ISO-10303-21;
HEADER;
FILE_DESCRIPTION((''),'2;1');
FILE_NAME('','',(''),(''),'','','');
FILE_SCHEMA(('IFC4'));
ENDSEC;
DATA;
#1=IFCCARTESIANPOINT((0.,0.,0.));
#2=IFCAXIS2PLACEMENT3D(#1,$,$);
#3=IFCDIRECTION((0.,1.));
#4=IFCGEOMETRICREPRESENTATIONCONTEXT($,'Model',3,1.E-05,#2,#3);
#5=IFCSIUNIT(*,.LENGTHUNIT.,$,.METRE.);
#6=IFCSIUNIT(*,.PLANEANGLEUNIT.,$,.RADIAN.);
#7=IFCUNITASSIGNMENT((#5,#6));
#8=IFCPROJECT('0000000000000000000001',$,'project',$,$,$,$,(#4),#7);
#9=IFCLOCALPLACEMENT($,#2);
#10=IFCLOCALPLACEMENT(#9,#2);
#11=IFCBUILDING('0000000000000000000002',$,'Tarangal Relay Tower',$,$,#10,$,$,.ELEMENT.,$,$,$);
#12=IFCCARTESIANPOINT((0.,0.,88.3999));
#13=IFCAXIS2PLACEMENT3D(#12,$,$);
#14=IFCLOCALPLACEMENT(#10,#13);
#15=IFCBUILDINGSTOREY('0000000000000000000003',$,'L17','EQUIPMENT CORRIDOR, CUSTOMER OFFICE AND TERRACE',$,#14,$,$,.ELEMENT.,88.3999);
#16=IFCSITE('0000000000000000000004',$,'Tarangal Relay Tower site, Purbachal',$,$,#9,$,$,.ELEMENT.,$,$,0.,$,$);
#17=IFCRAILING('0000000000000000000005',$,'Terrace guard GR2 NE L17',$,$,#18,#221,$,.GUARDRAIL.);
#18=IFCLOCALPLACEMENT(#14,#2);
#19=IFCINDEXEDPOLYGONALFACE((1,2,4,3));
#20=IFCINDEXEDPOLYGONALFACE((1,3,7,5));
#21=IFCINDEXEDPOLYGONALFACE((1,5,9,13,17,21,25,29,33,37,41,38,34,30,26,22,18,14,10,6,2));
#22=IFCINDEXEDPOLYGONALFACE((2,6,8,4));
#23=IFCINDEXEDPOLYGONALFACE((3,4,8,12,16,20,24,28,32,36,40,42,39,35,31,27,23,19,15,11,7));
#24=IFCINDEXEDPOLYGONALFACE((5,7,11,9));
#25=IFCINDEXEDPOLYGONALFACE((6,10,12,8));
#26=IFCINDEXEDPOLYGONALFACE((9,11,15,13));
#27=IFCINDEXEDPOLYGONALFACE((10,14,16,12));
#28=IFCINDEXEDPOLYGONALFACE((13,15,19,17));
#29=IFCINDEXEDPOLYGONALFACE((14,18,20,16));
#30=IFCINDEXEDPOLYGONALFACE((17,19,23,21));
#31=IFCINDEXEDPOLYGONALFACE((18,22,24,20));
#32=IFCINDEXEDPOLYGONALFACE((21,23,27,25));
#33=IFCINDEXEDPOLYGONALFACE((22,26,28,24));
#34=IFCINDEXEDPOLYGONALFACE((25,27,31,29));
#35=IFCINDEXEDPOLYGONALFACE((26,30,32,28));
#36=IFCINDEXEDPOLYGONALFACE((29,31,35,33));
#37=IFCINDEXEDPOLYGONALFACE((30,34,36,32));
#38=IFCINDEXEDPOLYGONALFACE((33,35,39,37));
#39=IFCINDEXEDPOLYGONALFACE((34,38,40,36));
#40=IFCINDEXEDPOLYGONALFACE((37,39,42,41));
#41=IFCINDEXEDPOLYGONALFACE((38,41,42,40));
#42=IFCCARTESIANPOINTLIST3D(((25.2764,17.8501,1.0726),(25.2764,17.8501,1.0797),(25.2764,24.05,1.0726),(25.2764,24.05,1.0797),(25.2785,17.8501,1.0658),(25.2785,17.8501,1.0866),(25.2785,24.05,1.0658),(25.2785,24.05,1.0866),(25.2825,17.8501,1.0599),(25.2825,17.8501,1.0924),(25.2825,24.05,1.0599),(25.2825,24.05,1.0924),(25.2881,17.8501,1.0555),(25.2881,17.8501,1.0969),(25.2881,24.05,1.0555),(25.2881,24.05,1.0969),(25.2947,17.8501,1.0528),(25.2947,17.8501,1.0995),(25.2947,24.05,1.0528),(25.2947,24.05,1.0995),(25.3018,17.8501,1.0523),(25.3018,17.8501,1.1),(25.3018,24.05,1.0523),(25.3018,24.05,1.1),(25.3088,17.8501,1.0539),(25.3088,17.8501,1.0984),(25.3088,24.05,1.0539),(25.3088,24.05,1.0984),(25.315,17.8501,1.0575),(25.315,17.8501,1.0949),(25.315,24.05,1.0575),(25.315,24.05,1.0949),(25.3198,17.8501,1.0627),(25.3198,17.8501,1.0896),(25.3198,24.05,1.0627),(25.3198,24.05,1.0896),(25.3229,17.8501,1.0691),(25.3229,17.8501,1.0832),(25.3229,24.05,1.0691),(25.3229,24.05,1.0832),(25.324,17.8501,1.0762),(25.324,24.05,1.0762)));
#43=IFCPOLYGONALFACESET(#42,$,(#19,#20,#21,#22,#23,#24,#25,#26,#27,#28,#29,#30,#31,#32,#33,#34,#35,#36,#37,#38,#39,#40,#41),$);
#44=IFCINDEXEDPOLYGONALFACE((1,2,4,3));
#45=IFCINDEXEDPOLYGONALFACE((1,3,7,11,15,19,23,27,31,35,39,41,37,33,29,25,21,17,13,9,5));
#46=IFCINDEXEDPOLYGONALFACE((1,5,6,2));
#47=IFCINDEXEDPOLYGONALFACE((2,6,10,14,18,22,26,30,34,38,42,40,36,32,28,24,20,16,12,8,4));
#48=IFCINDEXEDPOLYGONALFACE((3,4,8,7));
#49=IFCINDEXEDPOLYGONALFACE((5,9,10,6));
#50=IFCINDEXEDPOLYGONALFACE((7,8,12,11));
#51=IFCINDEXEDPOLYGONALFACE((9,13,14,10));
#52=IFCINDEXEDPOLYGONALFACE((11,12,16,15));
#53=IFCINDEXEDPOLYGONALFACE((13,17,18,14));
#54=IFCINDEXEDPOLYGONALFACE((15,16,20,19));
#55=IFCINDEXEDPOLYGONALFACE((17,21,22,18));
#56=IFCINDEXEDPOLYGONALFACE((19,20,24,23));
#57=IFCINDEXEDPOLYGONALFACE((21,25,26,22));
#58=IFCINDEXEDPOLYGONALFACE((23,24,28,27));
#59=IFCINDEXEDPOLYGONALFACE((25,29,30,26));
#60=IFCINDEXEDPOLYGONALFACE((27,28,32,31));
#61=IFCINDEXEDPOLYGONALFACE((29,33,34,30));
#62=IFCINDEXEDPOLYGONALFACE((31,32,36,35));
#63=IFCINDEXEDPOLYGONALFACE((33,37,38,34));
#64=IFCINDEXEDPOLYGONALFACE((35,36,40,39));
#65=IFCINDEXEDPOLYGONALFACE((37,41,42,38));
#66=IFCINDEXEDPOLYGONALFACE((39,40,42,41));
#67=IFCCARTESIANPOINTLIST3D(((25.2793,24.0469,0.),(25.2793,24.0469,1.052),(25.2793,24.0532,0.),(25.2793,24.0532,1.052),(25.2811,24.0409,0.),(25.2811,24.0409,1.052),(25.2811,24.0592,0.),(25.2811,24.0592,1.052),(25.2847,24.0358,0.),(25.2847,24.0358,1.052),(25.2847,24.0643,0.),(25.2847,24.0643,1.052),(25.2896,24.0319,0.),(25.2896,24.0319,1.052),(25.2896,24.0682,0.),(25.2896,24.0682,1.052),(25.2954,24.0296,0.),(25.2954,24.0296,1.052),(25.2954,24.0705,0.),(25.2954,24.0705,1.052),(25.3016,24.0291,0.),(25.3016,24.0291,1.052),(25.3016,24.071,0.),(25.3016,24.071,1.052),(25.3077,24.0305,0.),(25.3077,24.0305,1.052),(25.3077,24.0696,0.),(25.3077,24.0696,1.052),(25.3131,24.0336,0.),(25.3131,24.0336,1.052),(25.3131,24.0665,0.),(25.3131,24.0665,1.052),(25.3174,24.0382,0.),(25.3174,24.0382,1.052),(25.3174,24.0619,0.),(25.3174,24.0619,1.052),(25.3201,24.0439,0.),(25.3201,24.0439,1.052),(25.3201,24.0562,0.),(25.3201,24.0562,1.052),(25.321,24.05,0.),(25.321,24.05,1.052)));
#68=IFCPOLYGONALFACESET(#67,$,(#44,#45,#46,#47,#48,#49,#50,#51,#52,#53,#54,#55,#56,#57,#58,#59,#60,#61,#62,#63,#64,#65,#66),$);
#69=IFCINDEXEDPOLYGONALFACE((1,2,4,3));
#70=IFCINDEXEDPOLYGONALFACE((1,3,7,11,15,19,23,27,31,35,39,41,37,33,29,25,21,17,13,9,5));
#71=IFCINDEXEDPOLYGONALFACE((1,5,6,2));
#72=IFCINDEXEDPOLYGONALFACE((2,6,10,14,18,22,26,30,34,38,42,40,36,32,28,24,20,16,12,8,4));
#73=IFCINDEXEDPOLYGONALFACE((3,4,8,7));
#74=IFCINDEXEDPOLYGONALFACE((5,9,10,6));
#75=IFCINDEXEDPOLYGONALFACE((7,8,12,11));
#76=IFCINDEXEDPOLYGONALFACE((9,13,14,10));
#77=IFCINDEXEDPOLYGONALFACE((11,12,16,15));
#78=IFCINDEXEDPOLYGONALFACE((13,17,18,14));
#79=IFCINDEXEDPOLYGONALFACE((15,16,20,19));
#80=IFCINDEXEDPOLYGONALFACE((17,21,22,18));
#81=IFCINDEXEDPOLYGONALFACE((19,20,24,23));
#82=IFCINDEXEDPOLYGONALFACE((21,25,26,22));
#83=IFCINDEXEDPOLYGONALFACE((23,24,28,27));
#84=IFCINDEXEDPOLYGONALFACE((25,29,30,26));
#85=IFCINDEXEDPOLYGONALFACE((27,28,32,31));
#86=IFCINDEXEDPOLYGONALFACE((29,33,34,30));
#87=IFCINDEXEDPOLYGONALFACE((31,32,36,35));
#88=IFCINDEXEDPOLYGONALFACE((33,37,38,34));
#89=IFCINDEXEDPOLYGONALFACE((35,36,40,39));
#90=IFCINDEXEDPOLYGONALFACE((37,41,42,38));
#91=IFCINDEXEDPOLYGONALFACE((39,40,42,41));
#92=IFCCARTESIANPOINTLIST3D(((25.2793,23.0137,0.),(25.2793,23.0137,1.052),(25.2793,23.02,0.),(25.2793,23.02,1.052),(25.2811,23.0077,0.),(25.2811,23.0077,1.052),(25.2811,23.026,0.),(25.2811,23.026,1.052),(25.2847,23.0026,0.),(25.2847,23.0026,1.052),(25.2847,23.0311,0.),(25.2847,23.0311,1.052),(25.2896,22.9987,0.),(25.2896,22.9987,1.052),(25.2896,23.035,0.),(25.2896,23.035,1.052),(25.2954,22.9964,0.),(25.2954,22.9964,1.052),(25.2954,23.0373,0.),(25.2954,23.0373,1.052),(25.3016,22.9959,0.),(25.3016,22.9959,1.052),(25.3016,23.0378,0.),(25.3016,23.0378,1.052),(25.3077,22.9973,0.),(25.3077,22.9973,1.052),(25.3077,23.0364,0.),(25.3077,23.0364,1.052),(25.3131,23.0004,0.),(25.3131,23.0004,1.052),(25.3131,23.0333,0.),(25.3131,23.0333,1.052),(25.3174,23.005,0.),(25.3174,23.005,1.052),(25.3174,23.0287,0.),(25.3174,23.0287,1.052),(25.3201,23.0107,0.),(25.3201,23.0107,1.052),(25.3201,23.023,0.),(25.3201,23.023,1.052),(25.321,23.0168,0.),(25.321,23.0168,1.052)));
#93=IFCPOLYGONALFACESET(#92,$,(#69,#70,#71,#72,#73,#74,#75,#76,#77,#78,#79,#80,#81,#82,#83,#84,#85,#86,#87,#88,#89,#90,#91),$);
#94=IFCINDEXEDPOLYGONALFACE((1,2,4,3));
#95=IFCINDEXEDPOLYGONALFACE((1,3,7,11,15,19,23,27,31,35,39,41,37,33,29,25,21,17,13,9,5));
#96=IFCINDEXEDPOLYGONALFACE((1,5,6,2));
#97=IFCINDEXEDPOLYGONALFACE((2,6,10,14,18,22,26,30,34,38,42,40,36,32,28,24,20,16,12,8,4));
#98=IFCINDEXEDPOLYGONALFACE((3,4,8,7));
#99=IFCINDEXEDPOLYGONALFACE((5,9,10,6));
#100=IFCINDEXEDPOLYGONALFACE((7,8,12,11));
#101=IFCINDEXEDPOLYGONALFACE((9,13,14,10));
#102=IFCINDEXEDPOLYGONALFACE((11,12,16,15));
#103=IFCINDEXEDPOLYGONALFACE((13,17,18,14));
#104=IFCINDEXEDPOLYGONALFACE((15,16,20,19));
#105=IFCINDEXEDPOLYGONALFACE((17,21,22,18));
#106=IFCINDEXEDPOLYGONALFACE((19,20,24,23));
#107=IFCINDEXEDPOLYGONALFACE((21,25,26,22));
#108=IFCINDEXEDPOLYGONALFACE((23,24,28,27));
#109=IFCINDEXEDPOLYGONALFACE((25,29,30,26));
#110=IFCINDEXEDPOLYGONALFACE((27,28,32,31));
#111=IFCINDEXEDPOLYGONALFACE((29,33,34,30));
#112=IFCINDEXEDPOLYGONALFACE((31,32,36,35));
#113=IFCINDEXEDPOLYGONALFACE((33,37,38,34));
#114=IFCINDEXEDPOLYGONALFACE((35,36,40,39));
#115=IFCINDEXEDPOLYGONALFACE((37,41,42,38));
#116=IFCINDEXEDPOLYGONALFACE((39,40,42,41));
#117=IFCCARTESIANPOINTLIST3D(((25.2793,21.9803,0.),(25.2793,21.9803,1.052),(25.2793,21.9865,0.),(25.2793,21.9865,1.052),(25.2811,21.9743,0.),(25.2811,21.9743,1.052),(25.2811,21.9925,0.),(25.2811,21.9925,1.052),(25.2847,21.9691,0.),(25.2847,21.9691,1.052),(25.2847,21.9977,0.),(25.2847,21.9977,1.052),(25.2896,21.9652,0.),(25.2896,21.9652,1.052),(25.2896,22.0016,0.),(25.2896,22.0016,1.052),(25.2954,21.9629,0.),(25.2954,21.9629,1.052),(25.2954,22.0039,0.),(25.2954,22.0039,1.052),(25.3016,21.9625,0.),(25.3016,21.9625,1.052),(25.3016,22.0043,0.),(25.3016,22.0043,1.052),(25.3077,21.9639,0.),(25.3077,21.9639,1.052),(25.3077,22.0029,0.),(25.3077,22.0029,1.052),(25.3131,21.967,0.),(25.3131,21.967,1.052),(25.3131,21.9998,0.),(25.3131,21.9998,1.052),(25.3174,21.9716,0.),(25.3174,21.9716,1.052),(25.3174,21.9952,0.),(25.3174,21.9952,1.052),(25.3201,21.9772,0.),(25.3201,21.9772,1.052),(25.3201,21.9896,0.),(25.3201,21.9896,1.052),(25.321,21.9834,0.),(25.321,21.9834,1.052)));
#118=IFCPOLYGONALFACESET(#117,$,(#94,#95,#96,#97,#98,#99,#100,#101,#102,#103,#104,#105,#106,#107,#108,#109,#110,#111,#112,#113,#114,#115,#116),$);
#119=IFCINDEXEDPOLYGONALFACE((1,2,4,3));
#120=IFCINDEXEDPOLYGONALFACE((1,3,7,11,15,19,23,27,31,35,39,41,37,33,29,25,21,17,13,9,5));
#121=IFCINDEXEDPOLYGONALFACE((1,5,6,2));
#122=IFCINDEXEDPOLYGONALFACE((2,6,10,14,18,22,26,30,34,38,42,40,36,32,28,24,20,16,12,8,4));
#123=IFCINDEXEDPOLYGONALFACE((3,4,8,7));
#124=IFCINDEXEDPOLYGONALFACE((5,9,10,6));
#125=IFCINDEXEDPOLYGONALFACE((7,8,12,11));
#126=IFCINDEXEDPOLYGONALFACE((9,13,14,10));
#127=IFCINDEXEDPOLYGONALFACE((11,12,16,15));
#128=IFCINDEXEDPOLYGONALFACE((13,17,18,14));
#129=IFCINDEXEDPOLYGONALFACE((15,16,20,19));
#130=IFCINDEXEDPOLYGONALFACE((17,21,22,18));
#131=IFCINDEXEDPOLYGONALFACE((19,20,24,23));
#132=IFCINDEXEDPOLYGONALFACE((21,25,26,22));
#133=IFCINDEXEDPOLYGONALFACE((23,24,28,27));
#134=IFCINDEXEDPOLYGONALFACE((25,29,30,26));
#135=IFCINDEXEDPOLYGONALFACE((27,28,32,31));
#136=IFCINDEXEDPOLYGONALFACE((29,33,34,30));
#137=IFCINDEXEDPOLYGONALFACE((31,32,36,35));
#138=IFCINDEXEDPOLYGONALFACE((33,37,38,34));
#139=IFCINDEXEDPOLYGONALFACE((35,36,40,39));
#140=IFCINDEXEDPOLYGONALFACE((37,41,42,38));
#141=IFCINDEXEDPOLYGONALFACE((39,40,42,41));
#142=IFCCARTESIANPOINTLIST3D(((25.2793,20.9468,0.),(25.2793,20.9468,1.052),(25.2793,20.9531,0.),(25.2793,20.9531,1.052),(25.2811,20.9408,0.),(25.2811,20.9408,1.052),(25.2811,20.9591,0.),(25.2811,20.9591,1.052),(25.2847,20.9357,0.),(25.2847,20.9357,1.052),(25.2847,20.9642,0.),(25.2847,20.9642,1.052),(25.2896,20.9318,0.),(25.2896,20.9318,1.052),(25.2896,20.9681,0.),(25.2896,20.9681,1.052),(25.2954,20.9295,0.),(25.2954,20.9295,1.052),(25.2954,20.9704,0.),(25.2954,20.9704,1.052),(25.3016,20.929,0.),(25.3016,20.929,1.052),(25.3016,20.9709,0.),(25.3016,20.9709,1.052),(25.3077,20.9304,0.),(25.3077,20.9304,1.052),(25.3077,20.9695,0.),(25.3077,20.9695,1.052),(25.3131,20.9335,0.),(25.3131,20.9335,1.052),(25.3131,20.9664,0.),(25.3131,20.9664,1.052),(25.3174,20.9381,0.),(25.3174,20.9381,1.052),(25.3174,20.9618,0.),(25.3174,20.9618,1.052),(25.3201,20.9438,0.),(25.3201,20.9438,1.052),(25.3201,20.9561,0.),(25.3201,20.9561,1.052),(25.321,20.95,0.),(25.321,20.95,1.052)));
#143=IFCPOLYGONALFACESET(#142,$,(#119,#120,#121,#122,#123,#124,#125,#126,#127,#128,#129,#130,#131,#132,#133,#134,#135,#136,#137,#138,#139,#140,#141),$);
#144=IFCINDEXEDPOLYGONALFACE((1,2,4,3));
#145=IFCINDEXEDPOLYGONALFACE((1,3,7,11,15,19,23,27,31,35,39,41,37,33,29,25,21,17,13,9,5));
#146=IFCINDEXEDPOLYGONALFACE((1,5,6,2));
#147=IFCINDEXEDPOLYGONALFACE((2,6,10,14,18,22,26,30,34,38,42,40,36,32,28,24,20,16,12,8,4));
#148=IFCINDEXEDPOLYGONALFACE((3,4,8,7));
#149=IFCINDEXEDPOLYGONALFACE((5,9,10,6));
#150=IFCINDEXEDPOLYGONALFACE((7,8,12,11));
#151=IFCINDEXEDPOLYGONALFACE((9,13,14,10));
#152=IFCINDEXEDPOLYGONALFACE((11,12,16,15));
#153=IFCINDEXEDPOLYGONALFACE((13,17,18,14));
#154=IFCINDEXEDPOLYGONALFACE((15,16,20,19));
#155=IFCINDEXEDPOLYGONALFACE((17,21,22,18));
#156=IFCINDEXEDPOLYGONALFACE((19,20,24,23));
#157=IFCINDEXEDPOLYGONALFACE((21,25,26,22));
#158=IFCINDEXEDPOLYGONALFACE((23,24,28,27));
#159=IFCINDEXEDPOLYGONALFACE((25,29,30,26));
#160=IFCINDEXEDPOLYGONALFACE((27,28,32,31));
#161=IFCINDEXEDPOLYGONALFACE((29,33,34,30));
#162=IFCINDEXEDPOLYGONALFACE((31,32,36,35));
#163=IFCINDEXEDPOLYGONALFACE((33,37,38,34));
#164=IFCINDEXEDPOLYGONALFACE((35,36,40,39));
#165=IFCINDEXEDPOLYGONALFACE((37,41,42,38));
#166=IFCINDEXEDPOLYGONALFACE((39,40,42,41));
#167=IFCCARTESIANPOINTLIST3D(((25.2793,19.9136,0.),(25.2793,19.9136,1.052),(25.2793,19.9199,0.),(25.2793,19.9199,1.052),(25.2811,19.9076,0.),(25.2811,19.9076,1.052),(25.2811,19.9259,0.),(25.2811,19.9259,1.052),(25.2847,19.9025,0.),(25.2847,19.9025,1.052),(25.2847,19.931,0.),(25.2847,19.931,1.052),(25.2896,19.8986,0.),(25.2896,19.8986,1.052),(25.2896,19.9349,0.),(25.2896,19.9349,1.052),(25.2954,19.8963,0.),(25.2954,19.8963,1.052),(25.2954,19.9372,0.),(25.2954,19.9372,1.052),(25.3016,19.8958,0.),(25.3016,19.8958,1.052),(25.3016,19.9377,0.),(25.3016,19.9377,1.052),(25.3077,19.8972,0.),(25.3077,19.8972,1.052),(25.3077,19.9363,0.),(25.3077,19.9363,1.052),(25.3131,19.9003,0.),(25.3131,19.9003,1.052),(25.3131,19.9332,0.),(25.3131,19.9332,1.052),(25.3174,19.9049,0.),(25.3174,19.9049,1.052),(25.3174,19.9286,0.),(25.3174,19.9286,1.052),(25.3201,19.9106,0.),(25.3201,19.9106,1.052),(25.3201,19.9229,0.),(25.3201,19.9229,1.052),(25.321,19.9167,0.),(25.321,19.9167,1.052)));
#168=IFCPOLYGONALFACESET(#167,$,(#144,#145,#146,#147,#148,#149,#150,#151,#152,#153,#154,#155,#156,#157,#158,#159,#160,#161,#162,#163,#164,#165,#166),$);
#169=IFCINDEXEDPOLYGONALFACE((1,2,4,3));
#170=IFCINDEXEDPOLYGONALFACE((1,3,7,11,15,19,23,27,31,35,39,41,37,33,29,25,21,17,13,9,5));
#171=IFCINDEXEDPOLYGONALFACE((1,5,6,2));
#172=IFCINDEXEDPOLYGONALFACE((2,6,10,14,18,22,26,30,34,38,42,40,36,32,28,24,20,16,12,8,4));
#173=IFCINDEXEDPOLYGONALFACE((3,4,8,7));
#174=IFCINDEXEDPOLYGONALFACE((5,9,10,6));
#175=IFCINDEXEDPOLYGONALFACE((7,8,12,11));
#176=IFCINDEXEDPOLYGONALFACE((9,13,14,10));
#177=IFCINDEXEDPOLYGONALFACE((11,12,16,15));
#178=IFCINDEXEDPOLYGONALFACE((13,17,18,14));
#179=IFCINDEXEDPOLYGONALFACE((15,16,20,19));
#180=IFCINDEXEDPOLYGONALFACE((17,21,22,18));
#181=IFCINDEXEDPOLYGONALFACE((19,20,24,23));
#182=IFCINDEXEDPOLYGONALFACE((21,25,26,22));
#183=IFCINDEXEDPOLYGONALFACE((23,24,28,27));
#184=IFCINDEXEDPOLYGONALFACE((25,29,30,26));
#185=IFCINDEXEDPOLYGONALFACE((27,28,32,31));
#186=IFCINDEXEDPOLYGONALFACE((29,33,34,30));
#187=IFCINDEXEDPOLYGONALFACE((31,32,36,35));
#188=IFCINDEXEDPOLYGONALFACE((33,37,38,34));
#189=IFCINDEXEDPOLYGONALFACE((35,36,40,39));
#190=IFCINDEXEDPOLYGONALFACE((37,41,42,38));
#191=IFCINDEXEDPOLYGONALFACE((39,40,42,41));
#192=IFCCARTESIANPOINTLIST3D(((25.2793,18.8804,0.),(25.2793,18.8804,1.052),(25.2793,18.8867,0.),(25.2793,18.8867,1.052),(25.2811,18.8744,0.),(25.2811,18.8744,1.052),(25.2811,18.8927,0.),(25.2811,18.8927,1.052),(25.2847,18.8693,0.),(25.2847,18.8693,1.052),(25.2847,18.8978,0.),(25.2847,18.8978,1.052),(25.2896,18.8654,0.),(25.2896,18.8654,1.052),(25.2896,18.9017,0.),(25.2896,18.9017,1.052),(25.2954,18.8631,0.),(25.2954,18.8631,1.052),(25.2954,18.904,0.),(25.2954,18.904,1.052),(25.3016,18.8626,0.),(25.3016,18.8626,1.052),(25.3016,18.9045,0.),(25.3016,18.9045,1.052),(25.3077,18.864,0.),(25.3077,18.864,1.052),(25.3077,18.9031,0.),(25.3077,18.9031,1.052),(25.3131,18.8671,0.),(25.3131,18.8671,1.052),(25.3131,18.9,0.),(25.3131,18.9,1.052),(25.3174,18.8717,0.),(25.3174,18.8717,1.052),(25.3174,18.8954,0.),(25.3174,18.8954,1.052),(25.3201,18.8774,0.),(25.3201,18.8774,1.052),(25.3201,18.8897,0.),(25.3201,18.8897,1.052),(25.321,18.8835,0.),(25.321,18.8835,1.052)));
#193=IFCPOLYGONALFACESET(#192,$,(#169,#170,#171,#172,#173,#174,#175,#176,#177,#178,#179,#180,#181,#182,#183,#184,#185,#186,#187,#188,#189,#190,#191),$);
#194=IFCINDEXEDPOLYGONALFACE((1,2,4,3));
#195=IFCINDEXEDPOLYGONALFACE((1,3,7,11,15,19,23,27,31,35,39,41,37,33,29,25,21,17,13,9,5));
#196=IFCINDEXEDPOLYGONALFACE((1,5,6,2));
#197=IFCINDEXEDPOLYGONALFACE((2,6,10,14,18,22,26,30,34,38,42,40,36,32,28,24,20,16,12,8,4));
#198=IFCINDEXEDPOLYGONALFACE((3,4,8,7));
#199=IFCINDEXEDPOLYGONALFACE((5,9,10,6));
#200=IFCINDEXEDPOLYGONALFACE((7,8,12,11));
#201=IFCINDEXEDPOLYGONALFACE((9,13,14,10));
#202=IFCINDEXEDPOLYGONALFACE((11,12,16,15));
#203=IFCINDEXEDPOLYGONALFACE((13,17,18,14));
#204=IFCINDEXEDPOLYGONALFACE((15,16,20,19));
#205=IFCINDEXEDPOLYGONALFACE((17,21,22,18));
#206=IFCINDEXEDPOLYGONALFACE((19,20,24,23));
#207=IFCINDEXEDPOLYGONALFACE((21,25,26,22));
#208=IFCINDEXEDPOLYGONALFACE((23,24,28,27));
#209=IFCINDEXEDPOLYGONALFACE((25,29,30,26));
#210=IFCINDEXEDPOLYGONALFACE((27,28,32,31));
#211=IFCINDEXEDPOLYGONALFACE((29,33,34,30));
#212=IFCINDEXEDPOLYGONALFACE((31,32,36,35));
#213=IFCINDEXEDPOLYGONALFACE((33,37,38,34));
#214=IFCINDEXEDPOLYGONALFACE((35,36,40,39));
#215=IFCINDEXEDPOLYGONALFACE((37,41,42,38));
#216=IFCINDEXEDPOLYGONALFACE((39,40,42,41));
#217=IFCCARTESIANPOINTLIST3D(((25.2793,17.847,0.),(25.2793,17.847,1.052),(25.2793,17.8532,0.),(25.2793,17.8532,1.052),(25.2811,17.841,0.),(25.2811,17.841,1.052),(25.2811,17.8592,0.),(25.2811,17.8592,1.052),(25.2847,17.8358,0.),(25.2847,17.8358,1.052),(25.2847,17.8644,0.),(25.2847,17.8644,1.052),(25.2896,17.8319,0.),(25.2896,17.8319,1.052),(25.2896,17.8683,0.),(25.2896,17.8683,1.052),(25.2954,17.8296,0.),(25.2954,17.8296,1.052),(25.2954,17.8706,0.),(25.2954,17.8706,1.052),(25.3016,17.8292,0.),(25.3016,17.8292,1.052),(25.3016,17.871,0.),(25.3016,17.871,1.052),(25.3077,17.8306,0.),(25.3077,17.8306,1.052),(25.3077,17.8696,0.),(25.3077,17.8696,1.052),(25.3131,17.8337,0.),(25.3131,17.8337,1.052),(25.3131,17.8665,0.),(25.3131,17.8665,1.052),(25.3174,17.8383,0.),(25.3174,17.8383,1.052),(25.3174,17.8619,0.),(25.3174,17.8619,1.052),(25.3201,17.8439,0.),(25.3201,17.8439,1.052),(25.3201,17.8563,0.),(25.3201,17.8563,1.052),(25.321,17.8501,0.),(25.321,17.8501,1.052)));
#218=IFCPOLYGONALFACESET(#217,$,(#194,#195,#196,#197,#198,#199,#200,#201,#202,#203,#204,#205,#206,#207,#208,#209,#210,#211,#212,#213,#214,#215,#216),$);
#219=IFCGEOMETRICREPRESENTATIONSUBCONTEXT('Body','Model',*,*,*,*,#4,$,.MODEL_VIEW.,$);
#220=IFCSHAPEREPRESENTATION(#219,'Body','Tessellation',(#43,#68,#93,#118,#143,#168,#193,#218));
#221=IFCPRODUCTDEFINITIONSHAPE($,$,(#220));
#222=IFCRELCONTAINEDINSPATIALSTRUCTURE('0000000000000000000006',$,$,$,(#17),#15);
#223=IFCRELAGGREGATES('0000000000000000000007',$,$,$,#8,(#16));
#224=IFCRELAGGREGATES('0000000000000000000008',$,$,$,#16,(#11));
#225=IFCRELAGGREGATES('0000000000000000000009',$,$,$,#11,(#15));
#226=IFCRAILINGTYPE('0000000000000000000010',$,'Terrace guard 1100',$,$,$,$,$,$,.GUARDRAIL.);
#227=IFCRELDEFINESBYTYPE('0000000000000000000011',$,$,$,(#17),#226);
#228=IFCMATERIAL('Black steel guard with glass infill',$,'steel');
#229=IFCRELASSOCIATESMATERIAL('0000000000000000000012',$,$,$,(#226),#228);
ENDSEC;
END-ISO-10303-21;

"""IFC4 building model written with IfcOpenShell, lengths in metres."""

from ifc_helpers import new_model, si_unit, direction, frame, origin, origin_2d, place, context, subcontext, project, spatial, circle, extrude, material, type_object, element, save


model = new_model("IFC4")

# Units and contexts
model_context = context("Model", 3, precision=1e-05, world=origin(), true_north=direction((0.0, 1.0)))
body_context = subcontext(model_context, "Body", "Model", "MODEL_VIEW")
ifc_project = project(units=[si_unit("LENGTHUNIT", "METRE"), si_unit("PLANEANGLEUNIT", "RADIAN")], contexts=[model_context])

# Site, building, storey
site_placement = place(None, origin())
site = spatial("IfcSite", under=ifc_project, at=site_placement, Name="Tarangal Relay Tower site, Purbachal", CompositionType="ELEMENT", RefElevation=0.0)
building_placement = place(site_placement, origin())
building = spatial("IfcBuilding", under=site, at=building_placement, Name="Tarangal Relay Tower", CompositionType="ELEMENT")
storey_placement = place(building_placement, frame((0.0, 0.0, 88.3999)))
storey = spatial("IfcBuildingStorey", under=building, at=storey_placement, Name="L17", Description="EQUIPMENT CORRIDOR, CUSTOMER OFFICE AND TERRACE", CompositionType="ELEMENT", Elevation=88.3999)

# Railing
ifc_material_1 = material(Name="Black steel guard with glass infill", Category="steel")
railing_type_1 = type_object("IfcRailingType", Name="Terrace guard 1100", PredefinedType="GUARDRAIL", material=ifc_material_1)
railing_1_placement = place(storey_placement, frame((25.3, 24.05, 0.0)))
element("IfcRailing", 1, at=railing_1_placement, inside=storey, type_object=railing_type_1, Name="Terrace guard GR2 NE L17", PredefinedType="GUARDRAIL", context=body_context, shape_type="SweptSolid", body=[
    extrude(circle(Radius=0.0239, at=origin_2d()), frame((0.0, 0.0, 1.0762), z_axis=(0.0, -1.0, 0.0), x_axis=(1.0, 0.0, 0.0)), (0.0, 0.0, 1.0), 6.2),
    extrude(circle(Radius=0.021, at=origin_2d()), origin(), (0.0, 0.0, 1.0), 1.052),
    extrude(circle(Radius=0.021, at=origin_2d()), frame((0.0, -1.0332, 0.0)), (0.0, 0.0, 1.0), 1.052),
    extrude(circle(Radius=0.021, at=origin_2d()), frame((0.0, -2.0667, 0.0)), (0.0, 0.0, 1.0), 1.052),
    extrude(circle(Radius=0.021, at=origin_2d()), frame((0.0, -3.1001, 0.0)), (0.0, 0.0, 1.0), 1.052),
    extrude(circle(Radius=0.021, at=origin_2d()), frame((0.0, -4.1333, 0.0)), (0.0, 0.0, 1.0), 1.052),
    extrude(circle(Radius=0.021, at=origin_2d()), frame((0.0, -5.1665, 0.0)), (0.0, 0.0, 1.0), 1.052),
    extrude(circle(Radius=0.021, at=origin_2d()), frame((0.0, -6.2, 0.0)), (0.0, 0.0, 1.0), 1.052),
])

save(model, "model.ifc")
